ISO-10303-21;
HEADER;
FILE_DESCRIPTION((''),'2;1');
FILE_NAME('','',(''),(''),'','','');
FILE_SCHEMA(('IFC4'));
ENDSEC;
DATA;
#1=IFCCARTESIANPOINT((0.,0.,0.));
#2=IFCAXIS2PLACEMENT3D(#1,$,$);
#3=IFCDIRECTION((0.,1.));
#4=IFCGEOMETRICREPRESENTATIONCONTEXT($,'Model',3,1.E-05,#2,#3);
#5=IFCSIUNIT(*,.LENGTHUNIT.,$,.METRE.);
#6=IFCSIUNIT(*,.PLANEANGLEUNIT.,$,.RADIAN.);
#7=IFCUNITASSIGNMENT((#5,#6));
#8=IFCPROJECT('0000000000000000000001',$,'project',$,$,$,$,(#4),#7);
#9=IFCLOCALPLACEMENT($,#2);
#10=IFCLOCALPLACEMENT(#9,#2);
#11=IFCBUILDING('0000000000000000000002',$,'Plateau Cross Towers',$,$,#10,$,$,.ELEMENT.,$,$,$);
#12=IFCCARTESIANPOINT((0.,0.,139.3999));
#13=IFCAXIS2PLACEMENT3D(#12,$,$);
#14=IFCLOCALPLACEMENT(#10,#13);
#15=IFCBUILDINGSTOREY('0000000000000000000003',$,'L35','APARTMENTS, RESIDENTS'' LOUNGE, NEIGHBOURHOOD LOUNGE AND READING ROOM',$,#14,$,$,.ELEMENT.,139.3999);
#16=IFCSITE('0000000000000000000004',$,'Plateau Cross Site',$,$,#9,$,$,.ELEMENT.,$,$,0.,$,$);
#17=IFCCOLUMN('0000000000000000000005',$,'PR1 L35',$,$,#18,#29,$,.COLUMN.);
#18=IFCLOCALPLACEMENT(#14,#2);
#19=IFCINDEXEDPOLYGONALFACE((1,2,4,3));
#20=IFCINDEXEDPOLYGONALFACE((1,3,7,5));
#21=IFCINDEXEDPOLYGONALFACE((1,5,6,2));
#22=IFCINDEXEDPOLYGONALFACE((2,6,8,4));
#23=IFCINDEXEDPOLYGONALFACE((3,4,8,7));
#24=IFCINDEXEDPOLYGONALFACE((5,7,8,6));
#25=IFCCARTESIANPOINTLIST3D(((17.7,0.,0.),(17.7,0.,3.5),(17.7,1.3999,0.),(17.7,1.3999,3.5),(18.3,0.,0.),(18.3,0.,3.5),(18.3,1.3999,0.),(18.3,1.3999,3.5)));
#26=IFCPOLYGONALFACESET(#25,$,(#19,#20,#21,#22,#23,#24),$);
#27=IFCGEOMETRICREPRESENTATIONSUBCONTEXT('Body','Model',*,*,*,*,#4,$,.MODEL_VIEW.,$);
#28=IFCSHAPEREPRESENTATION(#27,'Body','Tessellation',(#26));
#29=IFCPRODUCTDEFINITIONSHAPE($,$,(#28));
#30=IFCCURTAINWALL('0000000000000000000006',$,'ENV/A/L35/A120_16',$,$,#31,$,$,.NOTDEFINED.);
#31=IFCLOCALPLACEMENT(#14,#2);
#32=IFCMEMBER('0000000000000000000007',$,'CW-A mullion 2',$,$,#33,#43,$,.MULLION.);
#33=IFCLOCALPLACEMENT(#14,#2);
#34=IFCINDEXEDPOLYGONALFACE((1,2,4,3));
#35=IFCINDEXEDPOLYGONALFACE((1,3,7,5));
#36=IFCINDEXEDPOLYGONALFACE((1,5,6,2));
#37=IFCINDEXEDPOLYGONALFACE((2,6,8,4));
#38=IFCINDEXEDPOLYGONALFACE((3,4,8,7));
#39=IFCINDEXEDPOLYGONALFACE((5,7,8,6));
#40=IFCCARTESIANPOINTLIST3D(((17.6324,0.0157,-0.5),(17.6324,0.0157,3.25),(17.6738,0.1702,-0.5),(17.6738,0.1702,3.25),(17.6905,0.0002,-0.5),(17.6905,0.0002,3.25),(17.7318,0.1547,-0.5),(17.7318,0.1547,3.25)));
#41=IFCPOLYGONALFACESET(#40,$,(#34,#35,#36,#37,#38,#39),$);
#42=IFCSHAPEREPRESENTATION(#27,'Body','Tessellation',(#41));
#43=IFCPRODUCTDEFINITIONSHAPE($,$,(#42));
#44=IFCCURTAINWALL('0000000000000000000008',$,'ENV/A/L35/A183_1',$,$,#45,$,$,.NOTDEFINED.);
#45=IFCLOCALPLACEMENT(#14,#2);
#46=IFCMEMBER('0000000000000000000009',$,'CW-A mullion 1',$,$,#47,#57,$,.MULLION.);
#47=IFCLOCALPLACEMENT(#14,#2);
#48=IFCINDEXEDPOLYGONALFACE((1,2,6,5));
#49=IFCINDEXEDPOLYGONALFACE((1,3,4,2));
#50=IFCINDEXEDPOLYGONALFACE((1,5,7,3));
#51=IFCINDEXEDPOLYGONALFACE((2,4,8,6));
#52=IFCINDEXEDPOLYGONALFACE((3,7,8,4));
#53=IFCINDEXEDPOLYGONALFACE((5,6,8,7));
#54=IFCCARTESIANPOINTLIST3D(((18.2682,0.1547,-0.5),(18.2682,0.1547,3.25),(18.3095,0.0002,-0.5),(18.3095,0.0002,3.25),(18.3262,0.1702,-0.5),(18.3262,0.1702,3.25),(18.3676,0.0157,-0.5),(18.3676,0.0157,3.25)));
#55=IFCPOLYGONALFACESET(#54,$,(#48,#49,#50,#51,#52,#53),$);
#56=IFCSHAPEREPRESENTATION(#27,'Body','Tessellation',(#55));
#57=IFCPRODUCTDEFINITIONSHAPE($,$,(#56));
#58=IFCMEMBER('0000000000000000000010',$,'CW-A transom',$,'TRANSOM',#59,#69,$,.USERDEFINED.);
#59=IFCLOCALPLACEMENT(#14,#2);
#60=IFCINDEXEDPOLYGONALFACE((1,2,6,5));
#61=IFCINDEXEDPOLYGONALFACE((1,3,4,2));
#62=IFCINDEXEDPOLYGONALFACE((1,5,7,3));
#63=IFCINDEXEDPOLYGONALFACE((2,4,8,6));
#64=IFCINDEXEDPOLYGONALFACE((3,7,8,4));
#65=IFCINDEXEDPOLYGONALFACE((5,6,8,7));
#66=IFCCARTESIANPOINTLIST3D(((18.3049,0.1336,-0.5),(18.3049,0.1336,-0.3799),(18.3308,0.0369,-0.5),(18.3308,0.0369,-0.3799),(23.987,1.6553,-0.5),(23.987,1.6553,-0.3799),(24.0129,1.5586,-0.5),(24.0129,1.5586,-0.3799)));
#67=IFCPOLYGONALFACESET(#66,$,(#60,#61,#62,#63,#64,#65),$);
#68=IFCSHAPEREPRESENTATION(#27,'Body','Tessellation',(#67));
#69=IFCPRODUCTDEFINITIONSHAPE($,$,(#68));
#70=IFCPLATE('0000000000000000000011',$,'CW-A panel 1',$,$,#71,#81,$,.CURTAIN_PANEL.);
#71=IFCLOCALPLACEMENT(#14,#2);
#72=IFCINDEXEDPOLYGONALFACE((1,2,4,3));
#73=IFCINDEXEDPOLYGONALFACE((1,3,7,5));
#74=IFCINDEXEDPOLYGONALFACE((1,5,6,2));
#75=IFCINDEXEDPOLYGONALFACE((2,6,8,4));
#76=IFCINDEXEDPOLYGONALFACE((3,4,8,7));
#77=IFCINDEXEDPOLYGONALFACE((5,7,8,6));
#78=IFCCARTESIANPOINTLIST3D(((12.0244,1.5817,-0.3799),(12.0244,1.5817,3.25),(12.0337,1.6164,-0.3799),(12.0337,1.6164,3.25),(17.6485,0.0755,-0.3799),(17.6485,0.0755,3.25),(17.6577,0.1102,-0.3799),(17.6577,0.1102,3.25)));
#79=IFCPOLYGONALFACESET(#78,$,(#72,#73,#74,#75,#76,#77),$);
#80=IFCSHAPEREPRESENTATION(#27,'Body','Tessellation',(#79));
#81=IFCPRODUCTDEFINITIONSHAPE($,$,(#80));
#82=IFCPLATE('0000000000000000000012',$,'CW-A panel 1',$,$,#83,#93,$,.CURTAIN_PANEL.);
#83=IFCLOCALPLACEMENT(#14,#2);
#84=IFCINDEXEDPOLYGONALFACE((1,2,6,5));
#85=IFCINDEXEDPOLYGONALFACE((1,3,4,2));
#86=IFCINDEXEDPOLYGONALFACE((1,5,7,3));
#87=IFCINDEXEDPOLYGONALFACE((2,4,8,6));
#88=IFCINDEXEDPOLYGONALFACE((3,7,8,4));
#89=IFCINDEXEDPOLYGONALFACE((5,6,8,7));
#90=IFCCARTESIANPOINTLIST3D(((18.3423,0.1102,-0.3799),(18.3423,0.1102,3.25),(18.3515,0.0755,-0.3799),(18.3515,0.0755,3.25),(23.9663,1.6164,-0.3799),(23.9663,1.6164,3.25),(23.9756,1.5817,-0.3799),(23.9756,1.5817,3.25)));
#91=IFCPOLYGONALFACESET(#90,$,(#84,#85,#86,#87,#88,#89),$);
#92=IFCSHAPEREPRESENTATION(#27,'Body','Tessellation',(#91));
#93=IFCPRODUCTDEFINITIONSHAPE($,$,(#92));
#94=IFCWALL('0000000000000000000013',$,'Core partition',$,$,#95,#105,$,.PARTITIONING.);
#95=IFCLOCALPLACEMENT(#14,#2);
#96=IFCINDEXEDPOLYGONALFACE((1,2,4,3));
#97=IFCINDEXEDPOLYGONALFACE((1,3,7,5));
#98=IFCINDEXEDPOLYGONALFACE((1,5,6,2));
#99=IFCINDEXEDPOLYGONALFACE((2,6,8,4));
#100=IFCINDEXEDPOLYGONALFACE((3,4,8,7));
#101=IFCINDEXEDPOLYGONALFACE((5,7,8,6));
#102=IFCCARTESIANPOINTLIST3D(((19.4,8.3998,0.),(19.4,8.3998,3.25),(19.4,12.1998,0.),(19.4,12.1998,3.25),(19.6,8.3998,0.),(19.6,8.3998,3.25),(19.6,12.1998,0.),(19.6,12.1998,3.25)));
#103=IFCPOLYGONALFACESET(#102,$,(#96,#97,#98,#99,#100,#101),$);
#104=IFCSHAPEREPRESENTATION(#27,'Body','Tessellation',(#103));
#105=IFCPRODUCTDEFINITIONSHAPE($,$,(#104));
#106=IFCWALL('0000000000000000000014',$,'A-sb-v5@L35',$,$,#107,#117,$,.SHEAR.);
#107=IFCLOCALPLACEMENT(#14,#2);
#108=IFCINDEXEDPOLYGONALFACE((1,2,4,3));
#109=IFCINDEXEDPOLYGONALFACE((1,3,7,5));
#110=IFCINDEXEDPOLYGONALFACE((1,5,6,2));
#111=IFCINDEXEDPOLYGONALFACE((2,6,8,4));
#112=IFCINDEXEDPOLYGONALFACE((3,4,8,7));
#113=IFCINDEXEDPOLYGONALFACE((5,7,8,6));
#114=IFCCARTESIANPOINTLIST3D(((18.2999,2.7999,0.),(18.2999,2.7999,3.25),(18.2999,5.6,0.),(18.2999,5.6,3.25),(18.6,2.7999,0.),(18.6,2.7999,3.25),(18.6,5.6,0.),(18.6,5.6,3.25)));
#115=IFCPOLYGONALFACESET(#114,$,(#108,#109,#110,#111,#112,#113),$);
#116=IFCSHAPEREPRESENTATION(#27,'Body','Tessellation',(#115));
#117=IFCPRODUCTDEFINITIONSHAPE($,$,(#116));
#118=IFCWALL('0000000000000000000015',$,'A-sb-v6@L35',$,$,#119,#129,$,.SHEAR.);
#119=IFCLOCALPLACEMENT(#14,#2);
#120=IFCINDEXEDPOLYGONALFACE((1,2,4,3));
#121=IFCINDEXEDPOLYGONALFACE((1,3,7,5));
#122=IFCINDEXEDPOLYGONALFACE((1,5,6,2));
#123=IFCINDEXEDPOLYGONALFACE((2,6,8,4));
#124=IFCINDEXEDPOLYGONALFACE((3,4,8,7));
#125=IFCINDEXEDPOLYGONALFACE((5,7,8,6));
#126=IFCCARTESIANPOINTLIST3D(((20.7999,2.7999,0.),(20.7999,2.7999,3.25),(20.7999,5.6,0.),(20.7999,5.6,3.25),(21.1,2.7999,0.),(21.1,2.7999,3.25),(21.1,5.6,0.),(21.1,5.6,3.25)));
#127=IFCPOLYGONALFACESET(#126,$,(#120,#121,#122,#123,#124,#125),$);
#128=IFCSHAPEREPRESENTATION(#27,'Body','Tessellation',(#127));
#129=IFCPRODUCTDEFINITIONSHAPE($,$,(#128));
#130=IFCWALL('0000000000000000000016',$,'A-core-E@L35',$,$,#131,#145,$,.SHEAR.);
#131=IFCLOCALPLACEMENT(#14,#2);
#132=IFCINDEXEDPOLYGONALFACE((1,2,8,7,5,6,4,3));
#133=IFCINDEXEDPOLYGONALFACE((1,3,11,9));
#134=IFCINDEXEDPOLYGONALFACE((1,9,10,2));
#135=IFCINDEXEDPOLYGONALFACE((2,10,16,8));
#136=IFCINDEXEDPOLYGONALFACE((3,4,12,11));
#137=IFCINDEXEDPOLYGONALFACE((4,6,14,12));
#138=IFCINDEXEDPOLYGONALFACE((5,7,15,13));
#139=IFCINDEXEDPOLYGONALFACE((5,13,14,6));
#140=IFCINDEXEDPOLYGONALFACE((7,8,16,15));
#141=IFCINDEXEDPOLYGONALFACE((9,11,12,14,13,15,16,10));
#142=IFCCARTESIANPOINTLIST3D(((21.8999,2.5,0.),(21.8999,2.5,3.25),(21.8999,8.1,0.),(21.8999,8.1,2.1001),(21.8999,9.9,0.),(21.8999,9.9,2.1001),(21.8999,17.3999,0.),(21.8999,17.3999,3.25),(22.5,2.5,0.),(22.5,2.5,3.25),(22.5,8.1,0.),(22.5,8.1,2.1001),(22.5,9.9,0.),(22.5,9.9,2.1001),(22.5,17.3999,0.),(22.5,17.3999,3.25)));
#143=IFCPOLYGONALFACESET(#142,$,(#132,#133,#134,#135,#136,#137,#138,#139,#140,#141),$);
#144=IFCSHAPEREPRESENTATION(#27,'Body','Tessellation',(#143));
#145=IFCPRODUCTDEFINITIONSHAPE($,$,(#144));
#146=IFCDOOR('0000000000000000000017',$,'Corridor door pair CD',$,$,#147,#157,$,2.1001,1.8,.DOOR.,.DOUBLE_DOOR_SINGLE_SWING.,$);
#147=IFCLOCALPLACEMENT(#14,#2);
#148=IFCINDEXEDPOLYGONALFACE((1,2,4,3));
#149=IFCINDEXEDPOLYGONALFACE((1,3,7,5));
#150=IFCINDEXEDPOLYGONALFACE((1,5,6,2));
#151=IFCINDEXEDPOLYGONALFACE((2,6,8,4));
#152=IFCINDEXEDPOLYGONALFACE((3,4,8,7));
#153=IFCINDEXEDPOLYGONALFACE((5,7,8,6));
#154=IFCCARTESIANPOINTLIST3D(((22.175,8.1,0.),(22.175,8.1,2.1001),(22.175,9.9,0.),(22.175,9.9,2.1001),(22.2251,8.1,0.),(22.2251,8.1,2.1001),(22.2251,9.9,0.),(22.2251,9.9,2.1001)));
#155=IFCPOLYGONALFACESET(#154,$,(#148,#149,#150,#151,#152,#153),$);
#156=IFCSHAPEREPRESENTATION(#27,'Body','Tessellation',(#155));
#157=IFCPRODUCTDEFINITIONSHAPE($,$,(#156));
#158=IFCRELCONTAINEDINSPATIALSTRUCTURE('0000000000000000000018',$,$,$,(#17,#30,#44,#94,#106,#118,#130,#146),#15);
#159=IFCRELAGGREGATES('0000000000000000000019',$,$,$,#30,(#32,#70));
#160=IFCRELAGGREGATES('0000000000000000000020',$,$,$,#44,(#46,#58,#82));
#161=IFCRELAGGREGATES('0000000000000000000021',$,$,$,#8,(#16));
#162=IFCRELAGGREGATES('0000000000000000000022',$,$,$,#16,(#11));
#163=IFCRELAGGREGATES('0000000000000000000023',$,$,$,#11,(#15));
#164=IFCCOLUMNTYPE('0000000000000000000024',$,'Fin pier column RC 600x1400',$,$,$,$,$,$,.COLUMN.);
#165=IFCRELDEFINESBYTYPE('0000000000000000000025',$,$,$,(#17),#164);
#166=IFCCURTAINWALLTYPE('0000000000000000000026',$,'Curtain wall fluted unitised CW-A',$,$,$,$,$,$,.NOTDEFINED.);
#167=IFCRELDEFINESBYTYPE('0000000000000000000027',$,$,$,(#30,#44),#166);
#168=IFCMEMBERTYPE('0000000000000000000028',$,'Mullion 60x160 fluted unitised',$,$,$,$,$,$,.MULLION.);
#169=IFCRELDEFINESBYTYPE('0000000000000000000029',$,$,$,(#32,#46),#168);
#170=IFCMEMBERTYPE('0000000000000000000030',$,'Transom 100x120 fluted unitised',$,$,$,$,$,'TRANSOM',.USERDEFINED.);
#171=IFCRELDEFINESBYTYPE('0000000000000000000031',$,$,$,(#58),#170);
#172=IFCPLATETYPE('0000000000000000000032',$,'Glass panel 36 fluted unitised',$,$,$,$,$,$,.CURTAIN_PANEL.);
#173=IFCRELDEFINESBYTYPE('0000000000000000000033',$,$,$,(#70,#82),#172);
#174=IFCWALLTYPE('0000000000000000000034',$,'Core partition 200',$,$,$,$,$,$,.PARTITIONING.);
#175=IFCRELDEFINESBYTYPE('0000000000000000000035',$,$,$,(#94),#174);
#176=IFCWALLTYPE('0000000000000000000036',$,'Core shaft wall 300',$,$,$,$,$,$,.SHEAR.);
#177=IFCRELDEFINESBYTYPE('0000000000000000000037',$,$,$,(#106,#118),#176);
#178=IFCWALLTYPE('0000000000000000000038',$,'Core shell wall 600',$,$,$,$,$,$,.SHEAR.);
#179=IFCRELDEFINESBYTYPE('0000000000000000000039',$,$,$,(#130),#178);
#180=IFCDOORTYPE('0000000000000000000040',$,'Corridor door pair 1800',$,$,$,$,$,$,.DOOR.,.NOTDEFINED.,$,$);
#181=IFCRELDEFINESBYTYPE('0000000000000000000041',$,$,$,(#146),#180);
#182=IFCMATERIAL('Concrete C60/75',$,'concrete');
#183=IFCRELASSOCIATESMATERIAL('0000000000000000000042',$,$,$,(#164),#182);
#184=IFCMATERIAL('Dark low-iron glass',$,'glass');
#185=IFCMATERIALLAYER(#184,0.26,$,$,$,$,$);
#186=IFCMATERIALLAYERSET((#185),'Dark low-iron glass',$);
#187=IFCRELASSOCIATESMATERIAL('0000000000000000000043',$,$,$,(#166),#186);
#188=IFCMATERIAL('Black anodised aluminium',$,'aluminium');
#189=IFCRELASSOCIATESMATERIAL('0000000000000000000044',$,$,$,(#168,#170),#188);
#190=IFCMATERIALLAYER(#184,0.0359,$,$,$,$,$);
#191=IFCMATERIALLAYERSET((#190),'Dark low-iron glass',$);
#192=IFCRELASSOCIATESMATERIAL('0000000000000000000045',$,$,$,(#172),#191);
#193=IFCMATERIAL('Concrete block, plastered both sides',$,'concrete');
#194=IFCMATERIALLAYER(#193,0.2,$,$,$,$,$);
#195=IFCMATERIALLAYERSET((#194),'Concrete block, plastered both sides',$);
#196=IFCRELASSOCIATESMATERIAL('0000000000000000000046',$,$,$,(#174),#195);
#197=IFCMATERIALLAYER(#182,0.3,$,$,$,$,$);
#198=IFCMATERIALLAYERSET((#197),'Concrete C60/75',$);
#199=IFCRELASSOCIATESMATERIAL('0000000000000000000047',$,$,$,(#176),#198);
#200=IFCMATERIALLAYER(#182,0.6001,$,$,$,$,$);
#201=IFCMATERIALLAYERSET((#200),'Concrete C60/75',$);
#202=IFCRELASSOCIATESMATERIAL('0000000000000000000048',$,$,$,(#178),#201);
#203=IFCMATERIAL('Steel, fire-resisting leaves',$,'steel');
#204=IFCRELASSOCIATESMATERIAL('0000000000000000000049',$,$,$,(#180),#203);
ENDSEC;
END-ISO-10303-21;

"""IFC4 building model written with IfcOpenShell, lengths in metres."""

from ifc_helpers import new_model, si_unit, direction, frame, frame_2d, origin, origin_2d, place, context, subcontext, project, spatial, rectangle, extrude, material, layer, layer_set, material_profile, profile_set, type_object, element, fill, aggregate, save


model = new_model("IFC4")

# Units and contexts
model_context = context("Model", 3, precision=1e-05, world=origin(), true_north=direction((0.0, 1.0)))
body_context = subcontext(model_context, "Body", "Model", "MODEL_VIEW")
ifc_project = project(units=[si_unit("LENGTHUNIT", "METRE"), si_unit("PLANEANGLEUNIT", "RADIAN")], contexts=[model_context])

# Site, building, storey
site_placement = place(None, origin())
site = spatial("IfcSite", under=ifc_project, at=site_placement, Name="Plateau Cross Site", CompositionType="ELEMENT", RefElevation=0.0)
building_placement = place(site_placement, origin())
building = spatial("IfcBuilding", under=site, at=building_placement, Name="Plateau Cross Towers", CompositionType="ELEMENT")
storey_placement = place(building_placement, frame((0.0, 0.0, 139.3999)))
storey = spatial("IfcBuildingStorey", under=building, at=storey_placement, Name="L35", Description="APARTMENTS, RESIDENTS' LOUNGE, NEIGHBOURHOOD LOUNGE AND READING ROOM", CompositionType="ELEMENT", Elevation=139.3999)

# Column
ifc_material_1 = material(Name="Concrete C60/75", Category="concrete")
ifc_material_profile_1 = material_profile(ifc_material_1, rectangle(XDim=0.6001, YDim=1.3999, at=origin_2d()), Name="RC 600x1400")
ifc_profile_set_1 = profile_set([ifc_material_profile_1], Name="Concrete C60/75")
column_type = type_object("IfcColumnType", Name="Fin pier column RC 600x1400", PredefinedType="COLUMN", material=ifc_profile_set_1)
column_placement = place(storey_placement, frame((18.0, 0.7, 0.0), z_axis=(0.0, 0.0, 1.0), x_axis=(1.0, 0.0, 0.0)))
element("IfcColumn", 1, at=column_placement, inside=storey, type_object=column_type, Name="PR1 L35", PredefinedType="COLUMN", context=body_context, shape_type="SweptSolid", body=[
    extrude(rectangle(XDim=0.6001, YDim=1.3999, at=origin_2d()), origin(), (0.0, 0.0, 1.0), 3.5),
])

# Curtain wall, member
ifc_material_2 = material(Name="Dark low-iron glass", Category="glass")
ifc_layer_1 = layer(ifc_material_2, 0.26)
ifc_layer_set_1 = layer_set([ifc_layer_1], Name="Dark low-iron glass")
curtain_wall_type = type_object("IfcCurtainWallType", Name="Curtain wall fluted unitised CW-A", PredefinedType="NOTDEFINED", material=ifc_layer_set_1)
curtain_wall_1_placement = place(storey_placement, origin())
curtain_wall_1 = element("IfcCurtainWall", 2, at=curtain_wall_1_placement, inside=storey, type_object=curtain_wall_type, Name="ENV/A/L35/A120_16", PredefinedType="NOTDEFINED")
ifc_material_3 = material(Name="Black anodised aluminium", Category="aluminium")
ifc_material_profile_2 = material_profile(ifc_material_3, rectangle(XDim=0.0601, YDim=0.1599, at=origin_2d()), Name="MULLION 60x160")
ifc_profile_set_2 = profile_set([ifc_material_profile_2], Name="Black anodised aluminium")
member_type_1 = type_object("IfcMemberType", Name="Mullion 60x160 fluted unitised", PredefinedType="MULLION", material=ifc_profile_set_2)
member_1_placement = place(storey_placement, frame((17.6821, 0.0852, -0.5), z_axis=(0.0, 0.0, 1.0), x_axis=(0.965958, -0.258699, 0.0)))
member_1 = element("IfcMember", 3, at=member_1_placement, type_object=member_type_1, Name="CW-A mullion 2", PredefinedType="MULLION", context=body_context, shape_type="SweptSolid", body=[
    extrude(rectangle(XDim=0.0601, YDim=0.1599, at=origin_2d()), origin(), (0.0, 0.0, 1.0), 3.75),
])

# Curtain wall, members
curtain_wall_2_placement = place(storey_placement, origin())
curtain_wall_2 = element("IfcCurtainWall", 4, at=curtain_wall_2_placement, inside=storey, type_object=curtain_wall_type, Name="ENV/A/L35/A183_1", PredefinedType="NOTDEFINED")
member_2_placement = place(storey_placement, frame((18.3179, 0.0852, -0.5), z_axis=(0.0, 0.0, 1.0), x_axis=(0.965958, 0.258699, 0.0)))
member_2 = element("IfcMember", 5, at=member_2_placement, type_object=member_type_1, Name="CW-A mullion 1", PredefinedType="MULLION", context=body_context, shape_type="SweptSolid", body=[
    extrude(rectangle(XDim=0.0601, YDim=0.1599, at=origin_2d()), origin(), (0.0, 0.0, 1.0), 3.75),
])
ifc_material_profile_3 = material_profile(ifc_material_3, rectangle(XDim=0.1001, YDim=0.1201, at=origin_2d()), Name="TRANSOM 100x120")
ifc_profile_set_3 = profile_set([ifc_material_profile_3], Name="Black anodised aluminium")
member_type_2 = type_object("IfcMemberType", Name="Transom 100x120 fluted unitised", ElementType="TRANSOM", PredefinedType="USERDEFINED", material=ifc_profile_set_3)
member_3_placement = place(storey_placement, frame((18.3179, 0.0852, -0.4399), z_axis=(0.96596, 0.258693, 0.0), x_axis=(-0.258693, 0.96596, 0.0)))
member_3 = element("IfcMember", 6, at=member_3_placement, type_object=member_type_2, Name="CW-A transom", ObjectType="TRANSOM", PredefinedType="USERDEFINED", context=body_context, shape_type="SweptSolid", body=[
    extrude(rectangle(XDim=0.1001, YDim=0.1201, at=origin_2d()), origin(), (0.0, 0.0, 1.0), 5.8823),
])

# Plates
ifc_layer_2 = layer(ifc_material_2, 0.0359)
ifc_layer_set_2 = layer_set([ifc_layer_2], Name="Dark low-iron glass")
plate_type = type_object("IfcPlateType", Name="Glass panel 36 fluted unitised", PredefinedType="CURTAIN_PANEL", material=ifc_layer_set_2)
plate_1_placement = place(storey_placement, frame((14.8411, 0.8459, -0.3799), z_axis=(0.0, 0.0, 1.0), x_axis=(0.965958, -0.258699, 0.0)))
plate_1 = element("IfcPlate", 7, at=plate_1_placement, type_object=plate_type, Name="CW-A panel 1", PredefinedType="CURTAIN_PANEL", context=body_context, shape_type="SweptSolid", body=[
    extrude(rectangle(XDim=5.8223, YDim=0.0359, at=origin_2d()), origin(), (0.0, 0.0, 1.0), 3.6299),
])
aggregate(curtain_wall_1, [member_1, plate_1])
plate_2_placement = place(storey_placement, frame((21.1589, 0.8459, -0.3799), z_axis=(0.0, 0.0, 1.0), x_axis=(0.965958, 0.258699, 0.0)))
plate_2 = element("IfcPlate", 8, at=plate_2_placement, type_object=plate_type, Name="CW-A panel 1", PredefinedType="CURTAIN_PANEL", context=body_context, shape_type="SweptSolid", body=[
    extrude(rectangle(XDim=5.8223, YDim=0.0359, at=origin_2d()), origin(), (0.0, 0.0, 1.0), 3.6299),
])
aggregate(curtain_wall_2, [member_2, member_3, plate_2])

# Walls
ifc_material_4 = material(Name="Concrete block, plastered both sides", Category="concrete")
ifc_layer_3 = layer(ifc_material_4, 0.2)
ifc_layer_set_3 = layer_set([ifc_layer_3], Name="Concrete block, plastered both sides")
wall_type_1 = type_object("IfcWallType", Name="Core partition 200", PredefinedType="PARTITIONING", material=ifc_layer_set_3)
wall_1_placement = place(storey_placement, frame((19.5, 8.3999, 0.0), z_axis=(0.0, 0.0, 1.0), x_axis=(0.0, 1.0, 0.0)))
element("IfcWall", 9, at=wall_1_placement, inside=storey, type_object=wall_type_1, Name="Core partition", PredefinedType="PARTITIONING", context=body_context, shape_type="SweptSolid", body=[
    extrude(rectangle(XDim=3.8, YDim=0.2, at=frame_2d((1.8999, 0.0))), origin(), (0.0, 0.0, 1.0), 3.25),
])
ifc_layer_4 = layer(ifc_material_1, 0.3)
ifc_layer_set_4 = layer_set([ifc_layer_4], Name="Concrete C60/75")
wall_type_2 = type_object("IfcWallType", Name="Core shaft wall 300", PredefinedType="SHEAR", material=ifc_layer_set_4)
for number, where, z_axis, x_axis, name in (
    (10, (18.45, 2.8, 0.0), (0.0, 0.0, 1.0), (0.0, 1.0, 0.0), "A-sb-v5@L35"),
    (11, (20.95, 2.8, 0.0), (0.0, 0.0, 1.0), (0.0, 1.0, 0.0), "A-sb-v6@L35"),
):
    element("IfcWall", number, at=place(storey_placement, frame(where, z_axis=z_axis, x_axis=x_axis)), inside=storey, type_object=wall_type_2, Name=name, PredefinedType="SHEAR", context=body_context, shape_type="SweptSolid", body=[
        extrude(rectangle(XDim=2.8, YDim=0.3, at=frame_2d((1.3999, 0.0))), origin(), (0.0, 0.0, 1.0), 3.25),
    ])

# Wall, opening, door
ifc_layer_5 = layer(ifc_material_1, 0.6001)
ifc_layer_set_5 = layer_set([ifc_layer_5], Name="Concrete C60/75")
wall_type_3 = type_object("IfcWallType", Name="Core shell wall 600", PredefinedType="SHEAR", material=ifc_layer_set_5)
wall_2_placement = place(storey_placement, frame((22.2, 2.5, 0.0), z_axis=(0.0, 0.0, 1.0), x_axis=(0.0, 1.0, 0.0)))
wall_2 = element("IfcWall", 12, at=wall_2_placement, inside=storey, type_object=wall_type_3, Name="A-core-E@L35", PredefinedType="SHEAR", context=body_context, shape_type="SweptSolid", body=[
    extrude(rectangle(XDim=14.8999, YDim=0.6001, at=frame_2d((7.45, 0.0))), origin(), (0.0, 0.0, 1.0), 3.25),
])
opening_1_placement = place(wall_2_placement, frame((5.6001, 0.0, 0.0)))
opening_1 = element("IfcOpeningElement", 13, at=opening_1_placement, cuts=wall_2, PredefinedType="OPENING", context=body_context, shape_type="SweptSolid", body=[
    extrude(rectangle(XDim=1.8, YDim=2.1001, at=frame_2d((0.8999, 1.05))), frame((0.0, 0.3101, 0.0), z_axis=(0.0, -1.0, 0.0), x_axis=(1.0, 0.0, 0.0)), (0.0, 0.0, 1.0), 0.6201),
])
ifc_material_5 = material(Name="Steel, fire-resisting leaves", Category="steel")
door_type_1 = type_object("IfcDoorType", Name="Corridor door pair 1800", OperationType="NOTDEFINED", PredefinedType="DOOR", material=ifc_material_5)
door_1_placement = place(opening_1_placement, origin())
door_1 = element("IfcDoor", 14, at=door_1_placement, inside=storey, type_object=door_type_1, Name="Corridor door pair CD", OperationType="DOUBLE_DOOR_SINGLE_SWING", OverallHeight=2.1001, OverallWidth=1.8, PredefinedType="DOOR", context=body_context, shape_type="SweptSolid", body=[
    extrude(rectangle(XDim=1.8, YDim=2.1001, at=frame_2d((0.8999, 1.05))), frame((0.0, 0.0249, 0.0), z_axis=(0.0, -1.0, 0.0), x_axis=(1.0, 0.0, 0.0)), (0.0, 0.0, 1.0), 0.05),
])
fill(opening_1, door_1)

save(model, "model.ifc")
